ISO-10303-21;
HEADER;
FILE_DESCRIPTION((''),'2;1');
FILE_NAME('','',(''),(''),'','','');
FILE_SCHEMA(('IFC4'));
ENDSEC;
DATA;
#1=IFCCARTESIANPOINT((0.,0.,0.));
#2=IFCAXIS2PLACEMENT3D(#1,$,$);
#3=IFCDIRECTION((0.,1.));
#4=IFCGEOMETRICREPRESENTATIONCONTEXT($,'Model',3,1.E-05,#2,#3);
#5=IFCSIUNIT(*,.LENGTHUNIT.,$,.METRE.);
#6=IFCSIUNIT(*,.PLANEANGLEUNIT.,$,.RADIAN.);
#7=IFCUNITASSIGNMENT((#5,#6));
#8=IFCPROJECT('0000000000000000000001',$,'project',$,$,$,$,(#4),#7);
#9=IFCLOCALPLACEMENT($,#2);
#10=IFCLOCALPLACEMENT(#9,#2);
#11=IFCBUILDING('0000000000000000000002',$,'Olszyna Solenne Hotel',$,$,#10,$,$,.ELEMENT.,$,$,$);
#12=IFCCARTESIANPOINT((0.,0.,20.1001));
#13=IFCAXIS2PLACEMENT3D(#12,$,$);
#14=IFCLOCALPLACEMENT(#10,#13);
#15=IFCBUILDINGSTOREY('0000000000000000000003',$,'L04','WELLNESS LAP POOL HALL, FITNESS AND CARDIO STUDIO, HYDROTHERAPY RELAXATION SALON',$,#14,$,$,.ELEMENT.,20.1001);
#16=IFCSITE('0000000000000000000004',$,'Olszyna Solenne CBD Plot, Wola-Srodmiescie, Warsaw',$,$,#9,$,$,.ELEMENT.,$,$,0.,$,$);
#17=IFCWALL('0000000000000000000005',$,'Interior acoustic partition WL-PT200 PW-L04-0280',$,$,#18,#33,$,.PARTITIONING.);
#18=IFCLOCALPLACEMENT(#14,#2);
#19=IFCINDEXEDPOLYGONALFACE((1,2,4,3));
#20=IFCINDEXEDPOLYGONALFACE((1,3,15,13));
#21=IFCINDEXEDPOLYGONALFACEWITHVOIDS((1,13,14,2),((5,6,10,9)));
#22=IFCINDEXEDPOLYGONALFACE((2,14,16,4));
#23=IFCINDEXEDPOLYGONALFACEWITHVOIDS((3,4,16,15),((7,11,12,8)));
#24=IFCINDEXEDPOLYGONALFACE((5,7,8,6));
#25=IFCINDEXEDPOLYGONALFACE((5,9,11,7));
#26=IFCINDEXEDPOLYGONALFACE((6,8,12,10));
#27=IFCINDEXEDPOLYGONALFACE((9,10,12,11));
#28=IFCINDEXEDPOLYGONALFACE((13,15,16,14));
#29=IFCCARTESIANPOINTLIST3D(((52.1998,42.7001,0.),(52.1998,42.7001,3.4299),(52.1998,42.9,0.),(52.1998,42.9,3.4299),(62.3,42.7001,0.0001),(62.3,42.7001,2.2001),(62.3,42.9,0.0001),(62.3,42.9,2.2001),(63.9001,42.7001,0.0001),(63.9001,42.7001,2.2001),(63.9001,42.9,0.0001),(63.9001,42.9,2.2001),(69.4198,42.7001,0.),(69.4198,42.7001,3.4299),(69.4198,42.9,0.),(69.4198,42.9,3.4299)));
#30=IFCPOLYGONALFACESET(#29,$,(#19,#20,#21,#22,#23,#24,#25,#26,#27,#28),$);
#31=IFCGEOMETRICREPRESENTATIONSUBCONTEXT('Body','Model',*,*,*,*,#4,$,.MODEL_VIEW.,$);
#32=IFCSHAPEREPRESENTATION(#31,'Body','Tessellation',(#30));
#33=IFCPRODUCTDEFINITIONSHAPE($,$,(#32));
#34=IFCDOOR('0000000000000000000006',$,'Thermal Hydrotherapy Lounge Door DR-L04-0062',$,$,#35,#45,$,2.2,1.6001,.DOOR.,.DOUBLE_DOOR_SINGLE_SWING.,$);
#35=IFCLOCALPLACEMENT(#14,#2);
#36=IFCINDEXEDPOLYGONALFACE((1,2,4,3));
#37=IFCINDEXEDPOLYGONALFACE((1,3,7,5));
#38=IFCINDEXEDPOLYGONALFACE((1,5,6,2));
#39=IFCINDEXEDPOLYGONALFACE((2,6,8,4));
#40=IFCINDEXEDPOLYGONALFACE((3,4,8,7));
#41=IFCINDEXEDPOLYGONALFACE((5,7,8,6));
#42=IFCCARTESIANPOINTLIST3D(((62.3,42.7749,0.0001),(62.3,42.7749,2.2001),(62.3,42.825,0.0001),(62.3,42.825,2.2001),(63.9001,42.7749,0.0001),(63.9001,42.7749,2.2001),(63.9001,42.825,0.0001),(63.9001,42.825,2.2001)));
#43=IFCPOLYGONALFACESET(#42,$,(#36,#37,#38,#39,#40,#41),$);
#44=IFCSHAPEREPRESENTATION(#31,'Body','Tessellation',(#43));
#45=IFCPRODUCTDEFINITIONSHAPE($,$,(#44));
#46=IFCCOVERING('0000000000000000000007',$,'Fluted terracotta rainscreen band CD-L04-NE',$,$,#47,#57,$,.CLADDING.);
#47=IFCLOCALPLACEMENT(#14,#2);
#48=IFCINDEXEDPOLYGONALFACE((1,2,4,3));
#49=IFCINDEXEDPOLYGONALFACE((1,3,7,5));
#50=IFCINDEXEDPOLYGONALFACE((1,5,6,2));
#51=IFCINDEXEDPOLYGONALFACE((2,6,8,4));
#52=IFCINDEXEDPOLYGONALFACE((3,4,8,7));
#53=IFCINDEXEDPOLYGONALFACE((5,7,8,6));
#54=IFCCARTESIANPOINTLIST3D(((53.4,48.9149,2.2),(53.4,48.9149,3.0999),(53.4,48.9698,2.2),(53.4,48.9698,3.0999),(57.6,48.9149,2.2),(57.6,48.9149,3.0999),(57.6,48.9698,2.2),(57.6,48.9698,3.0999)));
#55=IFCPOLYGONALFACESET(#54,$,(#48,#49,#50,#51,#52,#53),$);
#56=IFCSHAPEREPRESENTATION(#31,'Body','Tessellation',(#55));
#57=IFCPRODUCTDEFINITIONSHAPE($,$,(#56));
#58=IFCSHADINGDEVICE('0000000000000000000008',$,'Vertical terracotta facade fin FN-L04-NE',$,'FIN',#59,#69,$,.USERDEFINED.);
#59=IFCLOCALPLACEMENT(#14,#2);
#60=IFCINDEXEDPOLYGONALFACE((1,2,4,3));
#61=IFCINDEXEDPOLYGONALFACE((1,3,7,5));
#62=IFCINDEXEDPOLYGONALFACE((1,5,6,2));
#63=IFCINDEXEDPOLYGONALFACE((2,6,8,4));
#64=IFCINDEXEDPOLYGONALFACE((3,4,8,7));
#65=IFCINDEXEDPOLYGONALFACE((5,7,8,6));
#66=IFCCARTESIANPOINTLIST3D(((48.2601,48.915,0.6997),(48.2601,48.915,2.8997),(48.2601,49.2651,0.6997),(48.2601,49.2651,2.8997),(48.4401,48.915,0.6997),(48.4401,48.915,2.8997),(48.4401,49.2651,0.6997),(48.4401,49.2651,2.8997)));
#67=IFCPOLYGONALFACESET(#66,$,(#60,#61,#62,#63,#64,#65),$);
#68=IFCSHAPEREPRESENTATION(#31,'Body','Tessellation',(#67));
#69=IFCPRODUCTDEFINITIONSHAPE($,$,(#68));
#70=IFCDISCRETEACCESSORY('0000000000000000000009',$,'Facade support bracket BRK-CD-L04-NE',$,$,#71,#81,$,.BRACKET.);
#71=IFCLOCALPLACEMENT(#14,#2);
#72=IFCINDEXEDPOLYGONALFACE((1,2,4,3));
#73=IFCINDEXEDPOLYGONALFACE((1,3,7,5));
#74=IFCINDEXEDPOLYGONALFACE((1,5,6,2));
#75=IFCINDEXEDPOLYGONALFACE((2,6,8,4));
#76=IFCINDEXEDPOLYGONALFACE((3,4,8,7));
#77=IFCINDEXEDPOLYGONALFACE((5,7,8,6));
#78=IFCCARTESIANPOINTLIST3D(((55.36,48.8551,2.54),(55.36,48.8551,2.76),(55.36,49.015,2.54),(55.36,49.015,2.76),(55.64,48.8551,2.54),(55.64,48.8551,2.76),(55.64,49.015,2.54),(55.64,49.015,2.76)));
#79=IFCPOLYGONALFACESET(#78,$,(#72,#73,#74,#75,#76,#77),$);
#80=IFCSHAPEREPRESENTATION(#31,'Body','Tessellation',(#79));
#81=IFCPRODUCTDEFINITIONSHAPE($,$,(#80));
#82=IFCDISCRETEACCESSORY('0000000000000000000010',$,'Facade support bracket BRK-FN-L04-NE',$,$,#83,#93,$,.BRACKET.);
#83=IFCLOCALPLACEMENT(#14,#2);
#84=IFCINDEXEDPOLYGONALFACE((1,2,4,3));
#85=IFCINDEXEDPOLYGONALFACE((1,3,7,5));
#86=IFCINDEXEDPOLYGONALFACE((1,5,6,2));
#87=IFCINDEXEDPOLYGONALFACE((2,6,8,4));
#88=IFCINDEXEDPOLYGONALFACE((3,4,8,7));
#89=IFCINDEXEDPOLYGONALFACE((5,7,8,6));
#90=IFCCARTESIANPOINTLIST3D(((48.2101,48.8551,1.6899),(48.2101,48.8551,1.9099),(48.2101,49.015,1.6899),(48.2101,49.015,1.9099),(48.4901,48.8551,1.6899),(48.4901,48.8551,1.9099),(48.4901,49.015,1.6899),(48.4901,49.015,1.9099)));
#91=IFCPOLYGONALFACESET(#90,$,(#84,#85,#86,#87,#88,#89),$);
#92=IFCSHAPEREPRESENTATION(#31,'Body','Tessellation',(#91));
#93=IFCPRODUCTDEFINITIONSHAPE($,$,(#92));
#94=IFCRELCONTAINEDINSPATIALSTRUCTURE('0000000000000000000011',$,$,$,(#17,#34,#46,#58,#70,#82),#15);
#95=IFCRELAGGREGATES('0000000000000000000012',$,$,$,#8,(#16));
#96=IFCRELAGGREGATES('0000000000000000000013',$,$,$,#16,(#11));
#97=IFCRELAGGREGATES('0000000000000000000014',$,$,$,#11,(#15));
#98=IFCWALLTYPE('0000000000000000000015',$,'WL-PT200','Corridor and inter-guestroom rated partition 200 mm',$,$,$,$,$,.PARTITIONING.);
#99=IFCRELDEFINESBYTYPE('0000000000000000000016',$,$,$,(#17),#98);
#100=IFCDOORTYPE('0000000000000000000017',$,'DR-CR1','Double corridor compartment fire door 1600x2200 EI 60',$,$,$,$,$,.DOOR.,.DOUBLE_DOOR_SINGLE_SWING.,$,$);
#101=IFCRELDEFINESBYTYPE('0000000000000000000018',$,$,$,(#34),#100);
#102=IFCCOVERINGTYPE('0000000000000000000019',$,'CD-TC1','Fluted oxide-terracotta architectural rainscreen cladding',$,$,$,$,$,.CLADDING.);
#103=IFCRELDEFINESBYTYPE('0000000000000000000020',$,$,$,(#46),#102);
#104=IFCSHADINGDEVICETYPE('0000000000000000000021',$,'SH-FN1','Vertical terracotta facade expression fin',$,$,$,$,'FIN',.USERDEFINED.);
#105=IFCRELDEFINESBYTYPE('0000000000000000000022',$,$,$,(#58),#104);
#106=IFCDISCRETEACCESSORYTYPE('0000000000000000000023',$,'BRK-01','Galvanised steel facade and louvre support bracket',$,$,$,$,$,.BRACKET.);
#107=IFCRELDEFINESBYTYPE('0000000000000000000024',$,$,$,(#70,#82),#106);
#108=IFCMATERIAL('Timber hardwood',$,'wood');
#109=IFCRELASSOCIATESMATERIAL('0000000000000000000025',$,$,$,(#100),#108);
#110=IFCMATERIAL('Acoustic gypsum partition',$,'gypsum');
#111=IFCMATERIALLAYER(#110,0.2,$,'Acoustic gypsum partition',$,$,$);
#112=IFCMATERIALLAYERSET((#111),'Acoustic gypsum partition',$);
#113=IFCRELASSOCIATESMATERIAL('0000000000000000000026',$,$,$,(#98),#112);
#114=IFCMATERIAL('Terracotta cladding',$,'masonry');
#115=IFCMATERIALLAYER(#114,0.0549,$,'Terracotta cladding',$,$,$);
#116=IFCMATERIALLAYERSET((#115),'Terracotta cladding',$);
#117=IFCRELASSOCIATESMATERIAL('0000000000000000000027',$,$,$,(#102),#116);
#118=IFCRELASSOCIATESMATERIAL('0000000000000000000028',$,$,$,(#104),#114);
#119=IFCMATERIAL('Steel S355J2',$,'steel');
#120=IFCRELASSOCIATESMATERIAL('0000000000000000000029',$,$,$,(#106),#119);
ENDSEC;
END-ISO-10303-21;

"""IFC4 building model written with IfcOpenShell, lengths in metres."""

from ifc_helpers import new_model, si_unit, direction, frame, frame_2d, origin, origin_2d, place, context, subcontext, project, spatial, rectangle, extrude, source, transform, mapped, material, layer, layer_set, type_object, type_shapes, element, fill, save


model = new_model("IFC4")

# Units and contexts
model_context = context("Model", 3, precision=1e-05, world=origin(), true_north=direction((0.0, 1.0)))
body_context = subcontext(model_context, "Body", "Model", "MODEL_VIEW")
ifc_project = project(units=[si_unit("LENGTHUNIT", "METRE"), si_unit("PLANEANGLEUNIT", "RADIAN")], contexts=[model_context])

# Site, building, storey
site_placement = place(None, origin())
site = spatial("IfcSite", under=ifc_project, at=site_placement, Name="Olszyna Solenne CBD Plot, Wola-Srodmiescie, Warsaw", CompositionType="ELEMENT", RefElevation=0.0)
building_placement = place(site_placement, origin())
building = spatial("IfcBuilding", under=site, at=building_placement, Name="Olszyna Solenne Hotel", CompositionType="ELEMENT")
storey_placement = place(building_placement, frame((0.0, 0.0, 20.1001)))
storey = spatial("IfcBuildingStorey", under=building, at=storey_placement, Name="L04", Description="WELLNESS LAP POOL HALL, FITNESS AND CARDIO STUDIO, HYDROTHERAPY RELAXATION SALON", CompositionType="ELEMENT", Elevation=20.1001)

# Shared definitions
ifc_material_1 = material(Name="Steel S355J2", Category="steel")

# Shared definitions
ifc_material_2 = material(Name="Timber hardwood", Category="wood")
door_type_1 = type_object("IfcDoorType", Name="DR-CR1", Description="Double corridor compartment fire door 1600x2200 EI 60", OperationType="DOUBLE_DOOR_SINGLE_SWING", PredefinedType="DOOR", material=ifc_material_2)
shared_shape_1 = source(origin(), body_context, "Body", "SweptSolid", [
    extrude(rectangle(XDim=1.6001, YDim=2.2, at=frame_2d((0.8, 1.1001))), frame((0.0, 0.0249, 0.0), z_axis=(0.0, -1.0, 0.0), x_axis=(1.0, 0.0, 0.0)), (0.0, 0.0, 1.0), 0.05),
])
type_shapes(door_type_1, [shared_shape_1])

# Shared definitions
ifc_material_3 = material(Name="Acoustic gypsum partition", Category="gypsum")

# Wall, opening, door
ifc_layer_1 = layer(ifc_material_3, 0.2, Name="Acoustic gypsum partition")
ifc_layer_set_1 = layer_set([ifc_layer_1], Name="Acoustic gypsum partition")
wall_type_1 = type_object("IfcWallType", Name="WL-PT200", Description="Corridor and inter-guestroom rated partition 200 mm", PredefinedType="PARTITIONING", material=ifc_layer_set_1)
wall_1_placement = place(storey_placement, frame((52.2, 42.8, 0.0), z_axis=(0.0, 0.0, 1.0), x_axis=(1.0, 0.0, 0.0)))
wall_1 = element("IfcWall", 1, at=wall_1_placement, inside=storey, type_object=wall_type_1, Name="Interior acoustic partition WL-PT200 PW-L04-0280", PredefinedType="PARTITIONING", context=body_context, shape_type="SweptSolid", body=[
    extrude(rectangle(XDim=17.22, YDim=0.2, at=frame_2d((8.6099, 0.0))), origin(), (0.0, 0.0, 1.0), 3.4299),
])
opening_1_placement = place(wall_1_placement, frame((10.1001, 0.0, 0.0)))
opening_1 = element("IfcOpeningElement", 2, at=opening_1_placement, cuts=wall_1, PredefinedType="OPENING", context=body_context, shape_type="SweptSolid", body=[
    extrude(rectangle(XDim=1.6001, YDim=2.2, at=frame_2d((0.8, 1.1001))), frame((0.0, 0.1099, 0.0), z_axis=(0.0, -1.0, 0.0), x_axis=(1.0, 0.0, 0.0)), (0.0, 0.0, 1.0), 0.22),
])
door_1_placement = place(opening_1_placement, origin())
door_1 = element("IfcDoor", 3, at=door_1_placement, inside=storey, type_object=door_type_1, Name="Thermal Hydrotherapy Lounge Door DR-L04-0062", OperationType="DOUBLE_DOOR_SINGLE_SWING", OverallHeight=2.2, OverallWidth=1.6001, PredefinedType="DOOR", context=body_context, shape_type="MappedRepresentation", body=[
    mapped(shared_shape_1, transform((0.0, 0.0, 0.0), x_axis=(1.0, 0.0, 0.0), y_axis=(0.0, 1.0, 0.0), z_axis=(0.0, 0.0, 1.0), scale=1.0)),
])
fill(opening_1, door_1)

# Covering
ifc_material_4 = material(Name="Terracotta cladding", Category="masonry")
ifc_layer_2 = layer(ifc_material_4, 0.0549, Name="Terracotta cladding")
ifc_layer_set_2 = layer_set([ifc_layer_2], Name="Terracotta cladding")
covering_type = type_object("IfcCoveringType", Name="CD-TC1", Description="Fluted oxide-terracotta architectural rainscreen cladding", PredefinedType="CLADDING", material=ifc_layer_set_2)
shared_shape_2 = source(origin(), body_context, "Body", "SweptSolid", [
    extrude(rectangle(XDim=4.2, YDim=0.0549, at=origin_2d()), origin(), (0.0, 0.0, 1.0), 0.8999),
])
covering_placement = place(storey_placement, frame((55.5, 48.9424, 2.2), z_axis=(0.0, 0.0, 1.0), x_axis=(1.0, 0.0, 0.0)))
element("IfcCovering", 4, at=covering_placement, inside=storey, type_object=covering_type, Name="Fluted terracotta rainscreen band CD-L04-NE", PredefinedType="CLADDING", context=body_context, shape_type="MappedRepresentation", body=[
    mapped(shared_shape_2, transform((0.0, 0.0, 0.0), x_axis=(1.0, 0.0, 0.0), y_axis=(0.0, 1.0, 0.0), z_axis=(0.0, 0.0, 1.0), scale=1.0)),
])

# Shading device
shading_device_type = type_object("IfcShadingDeviceType", Name="SH-FN1", Description="Vertical terracotta facade expression fin", ElementType="FIN", PredefinedType="USERDEFINED", material=ifc_material_4)
shared_shape_3 = source(origin(), body_context, "Body", "SweptSolid", [
    extrude(rectangle(XDim=0.1799, YDim=0.3501, at=origin_2d()), origin(), (0.0, 0.0, 1.0), 2.2),
])
shading_device_placement = place(storey_placement, frame((48.3501, 49.0901, 0.6997), z_axis=(0.0, 0.0, 1.0), x_axis=(1.0, 0.0, 0.0)))
element("IfcShadingDevice", 5, at=shading_device_placement, inside=storey, type_object=shading_device_type, Name="Vertical terracotta facade fin FN-L04-NE", ObjectType="FIN", PredefinedType="USERDEFINED", context=body_context, shape_type="MappedRepresentation", body=[
    mapped(shared_shape_3, transform((0.0, 0.0, 0.0), x_axis=(1.0, 0.0, 0.0), y_axis=(0.0, 1.0, 0.0), z_axis=(0.0, 0.0, 1.0), scale=1.0)),
])

# Discrete accessories
discrete_accessory_type = type_object("IfcDiscreteAccessoryType", Name="BRK-01", Description="Galvanised steel facade and louvre support bracket", PredefinedType="BRACKET", material=ifc_material_1)
shared_shape_4 = source(origin(), body_context, "Body", "SweptSolid", [
    extrude(rectangle(XDim=0.28, YDim=0.1599, at=origin_2d()), origin(), (0.0, 0.0, 1.0), 0.22),
])
for number, where, z_axis, x_axis, name in (
    (6, (55.5, 48.9351, 2.54), (0.0, 0.0, 1.0), (1.0, 0.0, 0.0), "Facade support bracket BRK-CD-L04-NE"),
    (7, (48.3501, 48.9351, 1.6899), (0.0, 0.0, 1.0), (1.0, 0.0, 0.0), "Facade support bracket BRK-FN-L04-NE"),
):
    element("IfcDiscreteAccessory", number, at=place(storey_placement, frame(where, z_axis=z_axis, x_axis=x_axis)), inside=storey, type_object=discrete_accessory_type, Name=name, PredefinedType="BRACKET", context=body_context, shape_type="MappedRepresentation", body=[
        mapped(shared_shape_4, transform((0.0, 0.0, 0.0), x_axis=(1.0, 0.0, 0.0), y_axis=(0.0, 1.0, 0.0), z_axis=(0.0, 0.0, 1.0), scale=1.0)),
    ])

save(model, "model.ifc")
